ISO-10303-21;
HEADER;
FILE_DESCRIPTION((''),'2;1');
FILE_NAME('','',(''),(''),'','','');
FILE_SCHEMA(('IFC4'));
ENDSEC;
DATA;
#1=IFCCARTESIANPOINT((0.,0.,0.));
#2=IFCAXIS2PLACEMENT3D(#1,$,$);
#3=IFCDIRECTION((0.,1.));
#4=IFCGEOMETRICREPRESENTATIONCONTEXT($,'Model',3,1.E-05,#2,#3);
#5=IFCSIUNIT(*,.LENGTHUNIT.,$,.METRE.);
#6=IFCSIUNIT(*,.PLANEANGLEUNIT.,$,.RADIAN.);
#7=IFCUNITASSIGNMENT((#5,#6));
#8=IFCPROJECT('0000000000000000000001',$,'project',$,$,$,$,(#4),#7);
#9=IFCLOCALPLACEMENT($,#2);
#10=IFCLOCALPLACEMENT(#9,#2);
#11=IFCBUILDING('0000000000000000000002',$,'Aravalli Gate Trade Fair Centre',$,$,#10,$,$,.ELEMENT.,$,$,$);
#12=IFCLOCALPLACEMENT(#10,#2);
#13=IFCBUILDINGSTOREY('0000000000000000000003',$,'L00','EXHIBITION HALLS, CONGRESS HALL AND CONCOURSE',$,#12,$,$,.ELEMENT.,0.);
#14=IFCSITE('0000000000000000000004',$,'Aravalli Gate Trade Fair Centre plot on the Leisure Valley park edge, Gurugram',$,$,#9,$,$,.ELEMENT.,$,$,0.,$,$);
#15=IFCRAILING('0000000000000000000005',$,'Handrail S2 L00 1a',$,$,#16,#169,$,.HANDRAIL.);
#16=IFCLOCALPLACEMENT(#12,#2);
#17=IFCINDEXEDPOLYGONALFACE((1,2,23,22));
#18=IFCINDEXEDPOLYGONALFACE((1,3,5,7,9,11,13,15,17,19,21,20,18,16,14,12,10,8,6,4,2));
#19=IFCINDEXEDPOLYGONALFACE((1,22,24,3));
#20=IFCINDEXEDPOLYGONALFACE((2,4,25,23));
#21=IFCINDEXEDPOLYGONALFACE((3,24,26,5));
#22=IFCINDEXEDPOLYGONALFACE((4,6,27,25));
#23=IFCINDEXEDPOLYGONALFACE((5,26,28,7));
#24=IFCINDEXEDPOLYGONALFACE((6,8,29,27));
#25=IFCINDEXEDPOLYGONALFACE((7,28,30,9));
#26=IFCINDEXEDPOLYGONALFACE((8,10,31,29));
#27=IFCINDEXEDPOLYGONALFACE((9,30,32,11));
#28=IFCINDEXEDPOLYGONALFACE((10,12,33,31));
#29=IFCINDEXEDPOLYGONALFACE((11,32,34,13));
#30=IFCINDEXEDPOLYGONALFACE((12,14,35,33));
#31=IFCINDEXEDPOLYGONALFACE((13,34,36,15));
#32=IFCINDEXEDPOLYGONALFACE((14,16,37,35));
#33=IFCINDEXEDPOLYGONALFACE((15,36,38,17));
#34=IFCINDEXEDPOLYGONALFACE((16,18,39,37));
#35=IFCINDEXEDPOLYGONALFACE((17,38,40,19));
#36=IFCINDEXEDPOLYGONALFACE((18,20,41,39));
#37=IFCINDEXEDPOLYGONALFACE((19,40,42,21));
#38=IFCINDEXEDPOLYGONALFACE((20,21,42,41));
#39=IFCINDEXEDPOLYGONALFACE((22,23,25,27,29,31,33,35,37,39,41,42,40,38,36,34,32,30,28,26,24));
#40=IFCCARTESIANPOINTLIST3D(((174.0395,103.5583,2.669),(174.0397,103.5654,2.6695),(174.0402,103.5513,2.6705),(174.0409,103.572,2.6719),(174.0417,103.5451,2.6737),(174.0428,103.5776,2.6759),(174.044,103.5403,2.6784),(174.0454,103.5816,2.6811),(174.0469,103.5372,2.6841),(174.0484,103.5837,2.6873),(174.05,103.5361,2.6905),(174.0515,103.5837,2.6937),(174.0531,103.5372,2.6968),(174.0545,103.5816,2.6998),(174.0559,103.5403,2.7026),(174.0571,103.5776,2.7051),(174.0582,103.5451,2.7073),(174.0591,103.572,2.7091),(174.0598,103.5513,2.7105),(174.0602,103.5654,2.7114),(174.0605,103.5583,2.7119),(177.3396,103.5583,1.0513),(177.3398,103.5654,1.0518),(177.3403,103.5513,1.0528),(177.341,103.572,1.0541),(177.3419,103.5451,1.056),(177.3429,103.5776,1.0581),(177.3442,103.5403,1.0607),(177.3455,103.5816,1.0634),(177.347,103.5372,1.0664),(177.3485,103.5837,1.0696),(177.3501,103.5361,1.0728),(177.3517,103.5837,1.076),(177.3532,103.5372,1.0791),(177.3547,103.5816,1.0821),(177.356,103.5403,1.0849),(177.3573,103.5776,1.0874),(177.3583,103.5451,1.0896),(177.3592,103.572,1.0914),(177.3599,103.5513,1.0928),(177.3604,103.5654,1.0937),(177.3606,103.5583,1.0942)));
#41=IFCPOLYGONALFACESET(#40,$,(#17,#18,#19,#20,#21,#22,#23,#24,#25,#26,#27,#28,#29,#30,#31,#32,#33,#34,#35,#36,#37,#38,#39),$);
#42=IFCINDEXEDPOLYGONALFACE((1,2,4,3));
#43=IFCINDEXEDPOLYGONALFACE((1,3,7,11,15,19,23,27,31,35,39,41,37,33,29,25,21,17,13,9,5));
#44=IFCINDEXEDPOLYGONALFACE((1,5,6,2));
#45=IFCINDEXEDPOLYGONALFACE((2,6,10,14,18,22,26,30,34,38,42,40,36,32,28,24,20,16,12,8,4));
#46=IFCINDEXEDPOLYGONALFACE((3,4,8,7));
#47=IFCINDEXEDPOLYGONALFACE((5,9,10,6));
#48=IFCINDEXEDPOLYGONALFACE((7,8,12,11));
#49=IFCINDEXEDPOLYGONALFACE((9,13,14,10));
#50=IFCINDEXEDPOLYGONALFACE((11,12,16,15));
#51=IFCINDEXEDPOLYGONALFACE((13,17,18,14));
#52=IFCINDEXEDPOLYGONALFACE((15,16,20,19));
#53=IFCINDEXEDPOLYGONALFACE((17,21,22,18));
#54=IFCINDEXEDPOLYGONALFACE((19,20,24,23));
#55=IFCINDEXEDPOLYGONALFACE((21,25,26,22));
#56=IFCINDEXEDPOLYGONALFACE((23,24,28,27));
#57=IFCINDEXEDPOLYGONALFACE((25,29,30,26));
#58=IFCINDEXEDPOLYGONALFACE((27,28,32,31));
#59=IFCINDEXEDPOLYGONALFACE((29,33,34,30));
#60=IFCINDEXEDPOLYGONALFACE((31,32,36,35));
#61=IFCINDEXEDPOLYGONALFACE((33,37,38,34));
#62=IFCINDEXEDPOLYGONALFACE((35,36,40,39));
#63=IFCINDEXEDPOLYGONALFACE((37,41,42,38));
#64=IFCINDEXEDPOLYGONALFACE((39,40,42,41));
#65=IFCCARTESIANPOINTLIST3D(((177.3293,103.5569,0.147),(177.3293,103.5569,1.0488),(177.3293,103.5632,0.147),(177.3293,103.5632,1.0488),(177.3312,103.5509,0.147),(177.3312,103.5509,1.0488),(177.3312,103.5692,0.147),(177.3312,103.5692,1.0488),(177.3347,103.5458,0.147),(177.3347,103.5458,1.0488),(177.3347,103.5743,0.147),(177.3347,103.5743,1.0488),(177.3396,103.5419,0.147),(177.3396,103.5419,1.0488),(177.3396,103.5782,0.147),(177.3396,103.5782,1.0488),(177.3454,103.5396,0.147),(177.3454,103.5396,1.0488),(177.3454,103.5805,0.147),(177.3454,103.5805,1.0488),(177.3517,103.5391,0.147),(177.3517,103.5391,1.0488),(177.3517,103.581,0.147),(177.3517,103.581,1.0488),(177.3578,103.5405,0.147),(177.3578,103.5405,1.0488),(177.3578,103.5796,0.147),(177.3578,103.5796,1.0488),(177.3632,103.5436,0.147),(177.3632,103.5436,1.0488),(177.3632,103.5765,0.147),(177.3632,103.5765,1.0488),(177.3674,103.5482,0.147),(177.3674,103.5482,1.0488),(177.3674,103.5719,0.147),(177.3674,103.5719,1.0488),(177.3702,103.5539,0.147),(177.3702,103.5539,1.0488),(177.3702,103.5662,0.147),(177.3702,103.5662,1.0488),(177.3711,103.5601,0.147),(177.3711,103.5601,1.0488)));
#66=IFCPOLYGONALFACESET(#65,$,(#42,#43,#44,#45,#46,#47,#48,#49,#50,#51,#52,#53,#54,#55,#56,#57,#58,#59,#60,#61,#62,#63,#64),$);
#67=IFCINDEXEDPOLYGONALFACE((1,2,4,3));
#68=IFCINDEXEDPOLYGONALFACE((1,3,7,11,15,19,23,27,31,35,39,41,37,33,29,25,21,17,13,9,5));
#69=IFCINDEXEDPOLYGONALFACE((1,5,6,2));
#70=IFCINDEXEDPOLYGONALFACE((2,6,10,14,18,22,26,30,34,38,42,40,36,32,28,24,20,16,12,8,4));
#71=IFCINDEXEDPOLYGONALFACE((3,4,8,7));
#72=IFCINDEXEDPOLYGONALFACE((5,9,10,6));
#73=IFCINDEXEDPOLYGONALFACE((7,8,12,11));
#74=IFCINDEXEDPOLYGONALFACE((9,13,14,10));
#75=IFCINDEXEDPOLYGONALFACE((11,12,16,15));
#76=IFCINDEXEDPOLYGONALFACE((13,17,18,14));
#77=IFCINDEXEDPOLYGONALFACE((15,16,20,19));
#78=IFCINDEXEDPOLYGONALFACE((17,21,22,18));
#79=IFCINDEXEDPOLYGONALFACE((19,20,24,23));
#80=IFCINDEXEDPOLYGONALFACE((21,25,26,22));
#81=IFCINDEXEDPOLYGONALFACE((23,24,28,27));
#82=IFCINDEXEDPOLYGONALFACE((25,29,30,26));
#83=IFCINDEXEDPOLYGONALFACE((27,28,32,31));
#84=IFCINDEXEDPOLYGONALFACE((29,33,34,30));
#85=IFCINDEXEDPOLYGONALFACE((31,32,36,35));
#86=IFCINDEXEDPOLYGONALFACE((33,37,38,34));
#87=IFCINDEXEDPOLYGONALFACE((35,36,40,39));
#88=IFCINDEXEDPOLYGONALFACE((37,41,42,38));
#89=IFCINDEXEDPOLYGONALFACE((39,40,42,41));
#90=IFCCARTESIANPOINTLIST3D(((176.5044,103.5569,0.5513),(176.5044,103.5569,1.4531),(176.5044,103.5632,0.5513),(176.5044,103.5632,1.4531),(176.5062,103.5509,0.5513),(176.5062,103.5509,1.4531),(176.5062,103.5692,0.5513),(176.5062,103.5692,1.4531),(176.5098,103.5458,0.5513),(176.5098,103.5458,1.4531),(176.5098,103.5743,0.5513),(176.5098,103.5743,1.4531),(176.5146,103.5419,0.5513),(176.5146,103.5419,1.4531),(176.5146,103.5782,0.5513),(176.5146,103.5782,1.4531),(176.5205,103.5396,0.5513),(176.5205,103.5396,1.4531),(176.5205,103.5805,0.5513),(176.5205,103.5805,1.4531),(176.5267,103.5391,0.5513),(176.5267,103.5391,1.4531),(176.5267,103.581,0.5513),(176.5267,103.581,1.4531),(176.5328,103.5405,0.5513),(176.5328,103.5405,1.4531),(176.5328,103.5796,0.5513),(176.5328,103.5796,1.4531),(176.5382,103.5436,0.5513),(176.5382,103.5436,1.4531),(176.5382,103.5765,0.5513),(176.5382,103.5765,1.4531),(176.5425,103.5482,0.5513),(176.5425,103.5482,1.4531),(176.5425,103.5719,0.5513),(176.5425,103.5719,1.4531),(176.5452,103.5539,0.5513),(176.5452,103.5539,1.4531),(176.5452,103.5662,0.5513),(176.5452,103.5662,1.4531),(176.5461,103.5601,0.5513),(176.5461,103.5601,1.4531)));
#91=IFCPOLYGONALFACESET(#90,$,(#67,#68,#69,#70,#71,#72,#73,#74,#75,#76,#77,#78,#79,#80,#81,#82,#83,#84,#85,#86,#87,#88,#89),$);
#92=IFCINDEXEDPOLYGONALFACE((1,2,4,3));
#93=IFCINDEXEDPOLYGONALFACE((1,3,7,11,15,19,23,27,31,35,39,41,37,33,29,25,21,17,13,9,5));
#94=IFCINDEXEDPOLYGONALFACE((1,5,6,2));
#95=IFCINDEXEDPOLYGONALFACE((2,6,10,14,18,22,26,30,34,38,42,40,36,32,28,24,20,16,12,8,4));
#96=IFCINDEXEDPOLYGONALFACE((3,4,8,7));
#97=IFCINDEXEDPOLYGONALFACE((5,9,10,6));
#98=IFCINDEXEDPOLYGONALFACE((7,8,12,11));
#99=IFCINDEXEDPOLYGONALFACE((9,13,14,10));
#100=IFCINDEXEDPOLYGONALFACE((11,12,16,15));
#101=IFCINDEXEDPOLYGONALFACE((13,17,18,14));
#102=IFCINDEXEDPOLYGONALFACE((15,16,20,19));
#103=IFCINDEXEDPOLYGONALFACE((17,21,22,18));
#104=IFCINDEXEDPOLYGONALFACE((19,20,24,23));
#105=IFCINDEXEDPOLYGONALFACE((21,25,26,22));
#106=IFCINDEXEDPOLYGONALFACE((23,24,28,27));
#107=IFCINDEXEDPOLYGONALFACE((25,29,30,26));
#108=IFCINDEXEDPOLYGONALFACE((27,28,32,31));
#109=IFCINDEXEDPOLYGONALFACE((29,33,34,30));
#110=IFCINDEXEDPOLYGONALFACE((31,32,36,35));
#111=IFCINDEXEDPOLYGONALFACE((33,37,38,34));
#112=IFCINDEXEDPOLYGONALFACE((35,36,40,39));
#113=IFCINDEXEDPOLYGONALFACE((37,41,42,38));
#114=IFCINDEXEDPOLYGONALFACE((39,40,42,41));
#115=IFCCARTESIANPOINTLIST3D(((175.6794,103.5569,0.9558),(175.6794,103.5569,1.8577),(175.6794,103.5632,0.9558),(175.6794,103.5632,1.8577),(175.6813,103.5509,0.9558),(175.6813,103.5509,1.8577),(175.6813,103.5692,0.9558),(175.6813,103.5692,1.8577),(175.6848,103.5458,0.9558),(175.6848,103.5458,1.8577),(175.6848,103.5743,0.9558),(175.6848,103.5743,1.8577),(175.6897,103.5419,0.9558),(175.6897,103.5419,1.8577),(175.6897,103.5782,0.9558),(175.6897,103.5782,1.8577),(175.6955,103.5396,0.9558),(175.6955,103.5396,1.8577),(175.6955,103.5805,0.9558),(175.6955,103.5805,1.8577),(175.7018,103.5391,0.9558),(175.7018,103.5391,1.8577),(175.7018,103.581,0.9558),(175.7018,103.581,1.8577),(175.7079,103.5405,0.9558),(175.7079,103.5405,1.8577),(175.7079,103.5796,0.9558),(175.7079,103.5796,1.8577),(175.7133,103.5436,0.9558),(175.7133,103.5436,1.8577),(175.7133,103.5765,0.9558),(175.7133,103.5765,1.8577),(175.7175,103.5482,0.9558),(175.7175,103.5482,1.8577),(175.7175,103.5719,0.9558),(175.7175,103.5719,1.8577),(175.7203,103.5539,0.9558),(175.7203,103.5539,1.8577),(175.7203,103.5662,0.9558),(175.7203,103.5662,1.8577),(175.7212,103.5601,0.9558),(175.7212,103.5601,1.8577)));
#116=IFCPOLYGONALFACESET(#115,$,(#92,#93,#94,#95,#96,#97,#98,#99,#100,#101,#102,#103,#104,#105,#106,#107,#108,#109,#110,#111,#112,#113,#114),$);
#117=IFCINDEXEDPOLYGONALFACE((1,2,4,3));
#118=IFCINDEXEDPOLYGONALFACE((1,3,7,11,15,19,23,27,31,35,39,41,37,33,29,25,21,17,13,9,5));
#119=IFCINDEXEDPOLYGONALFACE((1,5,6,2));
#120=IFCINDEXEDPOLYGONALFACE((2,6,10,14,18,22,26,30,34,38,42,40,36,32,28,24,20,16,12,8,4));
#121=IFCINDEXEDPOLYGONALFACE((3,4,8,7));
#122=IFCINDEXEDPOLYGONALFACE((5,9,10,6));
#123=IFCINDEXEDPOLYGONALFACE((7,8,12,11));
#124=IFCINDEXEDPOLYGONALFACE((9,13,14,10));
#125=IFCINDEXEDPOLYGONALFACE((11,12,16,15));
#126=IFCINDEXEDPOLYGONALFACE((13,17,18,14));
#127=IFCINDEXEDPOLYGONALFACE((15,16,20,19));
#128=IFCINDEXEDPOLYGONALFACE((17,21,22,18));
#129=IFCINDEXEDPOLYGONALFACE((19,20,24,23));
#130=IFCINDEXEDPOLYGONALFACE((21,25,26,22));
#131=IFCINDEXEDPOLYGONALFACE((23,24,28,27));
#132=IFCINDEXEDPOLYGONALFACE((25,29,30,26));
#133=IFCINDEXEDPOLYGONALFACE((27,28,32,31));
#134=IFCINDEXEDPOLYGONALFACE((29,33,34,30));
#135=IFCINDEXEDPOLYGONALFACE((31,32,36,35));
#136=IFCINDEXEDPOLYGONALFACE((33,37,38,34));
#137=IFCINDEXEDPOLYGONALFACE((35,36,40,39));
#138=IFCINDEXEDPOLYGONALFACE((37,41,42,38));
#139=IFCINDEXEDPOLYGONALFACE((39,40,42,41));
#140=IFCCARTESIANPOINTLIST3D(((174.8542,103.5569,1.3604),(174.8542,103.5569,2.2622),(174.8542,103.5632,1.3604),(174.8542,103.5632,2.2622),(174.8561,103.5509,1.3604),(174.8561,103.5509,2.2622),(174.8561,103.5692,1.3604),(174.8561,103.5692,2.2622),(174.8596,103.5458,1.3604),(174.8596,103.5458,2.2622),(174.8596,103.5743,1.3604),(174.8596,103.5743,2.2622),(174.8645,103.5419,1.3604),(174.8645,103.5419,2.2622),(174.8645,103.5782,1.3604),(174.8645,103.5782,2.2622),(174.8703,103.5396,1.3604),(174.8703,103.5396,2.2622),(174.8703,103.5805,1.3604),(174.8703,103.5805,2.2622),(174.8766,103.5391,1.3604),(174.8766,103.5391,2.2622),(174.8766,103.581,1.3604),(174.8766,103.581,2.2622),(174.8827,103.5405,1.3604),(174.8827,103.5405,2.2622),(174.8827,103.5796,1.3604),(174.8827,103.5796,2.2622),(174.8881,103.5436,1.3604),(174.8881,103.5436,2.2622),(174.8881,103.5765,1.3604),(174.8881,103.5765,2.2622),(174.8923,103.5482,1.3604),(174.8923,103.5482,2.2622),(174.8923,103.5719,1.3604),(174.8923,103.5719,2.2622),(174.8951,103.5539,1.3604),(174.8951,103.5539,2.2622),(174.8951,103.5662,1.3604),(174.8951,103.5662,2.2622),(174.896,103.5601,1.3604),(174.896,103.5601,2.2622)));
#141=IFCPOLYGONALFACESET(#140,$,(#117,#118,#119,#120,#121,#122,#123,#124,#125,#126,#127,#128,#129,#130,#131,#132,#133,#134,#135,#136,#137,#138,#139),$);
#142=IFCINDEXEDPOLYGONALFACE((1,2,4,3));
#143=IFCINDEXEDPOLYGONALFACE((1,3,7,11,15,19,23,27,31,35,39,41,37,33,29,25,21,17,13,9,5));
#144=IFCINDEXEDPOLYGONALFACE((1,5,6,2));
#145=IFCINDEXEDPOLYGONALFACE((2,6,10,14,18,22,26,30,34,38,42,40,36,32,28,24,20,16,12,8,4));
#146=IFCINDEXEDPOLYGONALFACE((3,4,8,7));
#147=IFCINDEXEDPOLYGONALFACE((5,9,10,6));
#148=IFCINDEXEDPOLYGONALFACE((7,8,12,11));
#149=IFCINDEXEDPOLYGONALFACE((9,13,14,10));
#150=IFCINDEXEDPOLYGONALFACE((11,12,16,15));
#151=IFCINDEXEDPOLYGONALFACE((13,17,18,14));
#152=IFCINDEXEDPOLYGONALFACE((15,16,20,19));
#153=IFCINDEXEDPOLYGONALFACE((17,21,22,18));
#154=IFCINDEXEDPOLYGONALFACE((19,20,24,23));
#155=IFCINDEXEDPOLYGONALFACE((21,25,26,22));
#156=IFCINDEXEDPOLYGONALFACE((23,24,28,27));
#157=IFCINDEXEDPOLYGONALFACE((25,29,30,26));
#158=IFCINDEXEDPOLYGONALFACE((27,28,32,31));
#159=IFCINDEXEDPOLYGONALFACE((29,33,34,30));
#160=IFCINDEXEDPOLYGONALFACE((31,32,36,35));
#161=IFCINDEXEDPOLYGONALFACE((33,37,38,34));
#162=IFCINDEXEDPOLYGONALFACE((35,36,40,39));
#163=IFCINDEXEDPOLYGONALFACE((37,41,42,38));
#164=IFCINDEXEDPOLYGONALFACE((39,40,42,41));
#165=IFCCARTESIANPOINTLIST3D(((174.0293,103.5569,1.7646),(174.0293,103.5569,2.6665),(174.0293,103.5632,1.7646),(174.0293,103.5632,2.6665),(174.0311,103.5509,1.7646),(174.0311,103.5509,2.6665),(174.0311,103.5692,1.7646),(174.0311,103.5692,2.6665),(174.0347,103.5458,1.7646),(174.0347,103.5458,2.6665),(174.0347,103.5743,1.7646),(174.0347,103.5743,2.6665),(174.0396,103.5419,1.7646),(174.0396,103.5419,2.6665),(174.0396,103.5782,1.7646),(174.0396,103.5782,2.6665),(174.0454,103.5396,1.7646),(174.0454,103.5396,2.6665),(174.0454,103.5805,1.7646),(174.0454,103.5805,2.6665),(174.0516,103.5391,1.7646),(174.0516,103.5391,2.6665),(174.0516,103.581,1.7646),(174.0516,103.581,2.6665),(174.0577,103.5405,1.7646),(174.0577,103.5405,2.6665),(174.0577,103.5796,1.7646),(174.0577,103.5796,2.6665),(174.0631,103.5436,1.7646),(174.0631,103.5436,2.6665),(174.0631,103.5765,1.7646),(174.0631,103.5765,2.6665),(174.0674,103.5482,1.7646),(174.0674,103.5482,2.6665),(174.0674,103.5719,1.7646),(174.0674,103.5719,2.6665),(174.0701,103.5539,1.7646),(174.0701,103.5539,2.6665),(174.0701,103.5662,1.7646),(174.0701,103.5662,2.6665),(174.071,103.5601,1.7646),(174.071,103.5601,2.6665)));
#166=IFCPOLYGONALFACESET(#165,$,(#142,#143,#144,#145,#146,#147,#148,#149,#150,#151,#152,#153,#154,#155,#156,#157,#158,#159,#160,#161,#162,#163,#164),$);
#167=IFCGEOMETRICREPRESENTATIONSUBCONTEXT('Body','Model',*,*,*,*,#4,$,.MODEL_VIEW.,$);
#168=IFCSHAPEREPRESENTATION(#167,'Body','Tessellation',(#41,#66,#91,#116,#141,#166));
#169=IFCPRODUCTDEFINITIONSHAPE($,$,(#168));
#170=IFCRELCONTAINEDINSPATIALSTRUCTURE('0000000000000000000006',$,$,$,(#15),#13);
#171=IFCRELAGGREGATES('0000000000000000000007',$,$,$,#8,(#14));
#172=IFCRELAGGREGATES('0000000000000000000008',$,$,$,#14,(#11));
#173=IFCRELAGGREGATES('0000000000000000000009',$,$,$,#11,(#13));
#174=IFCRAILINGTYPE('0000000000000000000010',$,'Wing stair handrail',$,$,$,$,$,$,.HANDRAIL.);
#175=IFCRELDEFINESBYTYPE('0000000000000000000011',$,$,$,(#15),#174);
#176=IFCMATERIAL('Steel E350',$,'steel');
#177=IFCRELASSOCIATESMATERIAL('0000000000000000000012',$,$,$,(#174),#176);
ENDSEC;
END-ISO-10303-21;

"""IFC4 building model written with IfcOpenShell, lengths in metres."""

from ifc_helpers import new_model, si_unit, direction, frame, origin, origin_2d, place, context, subcontext, project, spatial, circle, extrude, material, type_object, element, save


model = new_model("IFC4")

# Units and contexts
model_context = context("Model", 3, precision=1e-05, world=origin(), true_north=direction((0.0, 1.0)))
body_context = subcontext(model_context, "Body", "Model", "MODEL_VIEW")
ifc_project = project(units=[si_unit("LENGTHUNIT", "METRE"), si_unit("PLANEANGLEUNIT", "RADIAN")], contexts=[model_context])

# Site, building, storey
site_placement = place(None, origin())
site = spatial("IfcSite", under=ifc_project, at=site_placement, Name="Aravalli Gate Trade Fair Centre plot on the Leisure Valley park edge, Gurugram", CompositionType="ELEMENT", RefElevation=0.0)
building_placement = place(site_placement, origin())
building = spatial("IfcBuilding", under=site, at=building_placement, Name="Aravalli Gate Trade Fair Centre", CompositionType="ELEMENT")
storey_placement = place(building_placement, origin())
storey = spatial("IfcBuildingStorey", under=building, at=storey_placement, Name="L00", Description="EXHIBITION HALLS, CONGRESS HALL AND CONCOURSE", CompositionType="ELEMENT", Elevation=0.0)

# Shared definitions
ifc_material_1 = material(Name="Steel E350", Category="steel")

# Railing
railing_type = type_object("IfcRailingType", Name="Wing stair handrail", PredefinedType="HANDRAIL", material=ifc_material_1)
for number, where, name in (
    (1, (177.3501, 103.5601, 0.147), "Handrail S2 L00 1a"),
):
    element("IfcRailing", number, at=place(storey_placement, frame(where)), inside=storey, type_object=railing_type, Name=name, PredefinedType="HANDRAIL", context=body_context, shape_type="SweptSolid", body=[
        extrude(circle(Radius=0.0239, at=origin_2d()), frame((0.0, 0.0, 0.9258), z_axis=(-0.89792, 0.0, 0.440158), x_axis=(0.0, -1.0, 0.0)), (0.0, 0.0, 1.0), 3.6753),
        extrude(circle(Radius=0.021, at=origin_2d()), origin(), (0.0, 0.0, 1.0), 0.9019),
        extrude(circle(Radius=0.021, at=origin_2d()), frame((-0.825, 0.0, 0.4043)), (0.0, 0.0, 1.0), 0.9019),
        extrude(circle(Radius=0.021, at=origin_2d()), frame((-1.6499, 0.0, 0.8088)), (0.0, 0.0, 1.0), 0.9019),
        extrude(circle(Radius=0.021, at=origin_2d()), frame((-2.4751, 0.0, 1.2134)), (0.0, 0.0, 1.0), 0.9019),
        extrude(circle(Radius=0.021, at=origin_2d()), frame((-3.3, 0.0, 1.6177)), (0.0, 0.0, 1.0), 0.9019),
    ])

save(model, "model.ifc")
